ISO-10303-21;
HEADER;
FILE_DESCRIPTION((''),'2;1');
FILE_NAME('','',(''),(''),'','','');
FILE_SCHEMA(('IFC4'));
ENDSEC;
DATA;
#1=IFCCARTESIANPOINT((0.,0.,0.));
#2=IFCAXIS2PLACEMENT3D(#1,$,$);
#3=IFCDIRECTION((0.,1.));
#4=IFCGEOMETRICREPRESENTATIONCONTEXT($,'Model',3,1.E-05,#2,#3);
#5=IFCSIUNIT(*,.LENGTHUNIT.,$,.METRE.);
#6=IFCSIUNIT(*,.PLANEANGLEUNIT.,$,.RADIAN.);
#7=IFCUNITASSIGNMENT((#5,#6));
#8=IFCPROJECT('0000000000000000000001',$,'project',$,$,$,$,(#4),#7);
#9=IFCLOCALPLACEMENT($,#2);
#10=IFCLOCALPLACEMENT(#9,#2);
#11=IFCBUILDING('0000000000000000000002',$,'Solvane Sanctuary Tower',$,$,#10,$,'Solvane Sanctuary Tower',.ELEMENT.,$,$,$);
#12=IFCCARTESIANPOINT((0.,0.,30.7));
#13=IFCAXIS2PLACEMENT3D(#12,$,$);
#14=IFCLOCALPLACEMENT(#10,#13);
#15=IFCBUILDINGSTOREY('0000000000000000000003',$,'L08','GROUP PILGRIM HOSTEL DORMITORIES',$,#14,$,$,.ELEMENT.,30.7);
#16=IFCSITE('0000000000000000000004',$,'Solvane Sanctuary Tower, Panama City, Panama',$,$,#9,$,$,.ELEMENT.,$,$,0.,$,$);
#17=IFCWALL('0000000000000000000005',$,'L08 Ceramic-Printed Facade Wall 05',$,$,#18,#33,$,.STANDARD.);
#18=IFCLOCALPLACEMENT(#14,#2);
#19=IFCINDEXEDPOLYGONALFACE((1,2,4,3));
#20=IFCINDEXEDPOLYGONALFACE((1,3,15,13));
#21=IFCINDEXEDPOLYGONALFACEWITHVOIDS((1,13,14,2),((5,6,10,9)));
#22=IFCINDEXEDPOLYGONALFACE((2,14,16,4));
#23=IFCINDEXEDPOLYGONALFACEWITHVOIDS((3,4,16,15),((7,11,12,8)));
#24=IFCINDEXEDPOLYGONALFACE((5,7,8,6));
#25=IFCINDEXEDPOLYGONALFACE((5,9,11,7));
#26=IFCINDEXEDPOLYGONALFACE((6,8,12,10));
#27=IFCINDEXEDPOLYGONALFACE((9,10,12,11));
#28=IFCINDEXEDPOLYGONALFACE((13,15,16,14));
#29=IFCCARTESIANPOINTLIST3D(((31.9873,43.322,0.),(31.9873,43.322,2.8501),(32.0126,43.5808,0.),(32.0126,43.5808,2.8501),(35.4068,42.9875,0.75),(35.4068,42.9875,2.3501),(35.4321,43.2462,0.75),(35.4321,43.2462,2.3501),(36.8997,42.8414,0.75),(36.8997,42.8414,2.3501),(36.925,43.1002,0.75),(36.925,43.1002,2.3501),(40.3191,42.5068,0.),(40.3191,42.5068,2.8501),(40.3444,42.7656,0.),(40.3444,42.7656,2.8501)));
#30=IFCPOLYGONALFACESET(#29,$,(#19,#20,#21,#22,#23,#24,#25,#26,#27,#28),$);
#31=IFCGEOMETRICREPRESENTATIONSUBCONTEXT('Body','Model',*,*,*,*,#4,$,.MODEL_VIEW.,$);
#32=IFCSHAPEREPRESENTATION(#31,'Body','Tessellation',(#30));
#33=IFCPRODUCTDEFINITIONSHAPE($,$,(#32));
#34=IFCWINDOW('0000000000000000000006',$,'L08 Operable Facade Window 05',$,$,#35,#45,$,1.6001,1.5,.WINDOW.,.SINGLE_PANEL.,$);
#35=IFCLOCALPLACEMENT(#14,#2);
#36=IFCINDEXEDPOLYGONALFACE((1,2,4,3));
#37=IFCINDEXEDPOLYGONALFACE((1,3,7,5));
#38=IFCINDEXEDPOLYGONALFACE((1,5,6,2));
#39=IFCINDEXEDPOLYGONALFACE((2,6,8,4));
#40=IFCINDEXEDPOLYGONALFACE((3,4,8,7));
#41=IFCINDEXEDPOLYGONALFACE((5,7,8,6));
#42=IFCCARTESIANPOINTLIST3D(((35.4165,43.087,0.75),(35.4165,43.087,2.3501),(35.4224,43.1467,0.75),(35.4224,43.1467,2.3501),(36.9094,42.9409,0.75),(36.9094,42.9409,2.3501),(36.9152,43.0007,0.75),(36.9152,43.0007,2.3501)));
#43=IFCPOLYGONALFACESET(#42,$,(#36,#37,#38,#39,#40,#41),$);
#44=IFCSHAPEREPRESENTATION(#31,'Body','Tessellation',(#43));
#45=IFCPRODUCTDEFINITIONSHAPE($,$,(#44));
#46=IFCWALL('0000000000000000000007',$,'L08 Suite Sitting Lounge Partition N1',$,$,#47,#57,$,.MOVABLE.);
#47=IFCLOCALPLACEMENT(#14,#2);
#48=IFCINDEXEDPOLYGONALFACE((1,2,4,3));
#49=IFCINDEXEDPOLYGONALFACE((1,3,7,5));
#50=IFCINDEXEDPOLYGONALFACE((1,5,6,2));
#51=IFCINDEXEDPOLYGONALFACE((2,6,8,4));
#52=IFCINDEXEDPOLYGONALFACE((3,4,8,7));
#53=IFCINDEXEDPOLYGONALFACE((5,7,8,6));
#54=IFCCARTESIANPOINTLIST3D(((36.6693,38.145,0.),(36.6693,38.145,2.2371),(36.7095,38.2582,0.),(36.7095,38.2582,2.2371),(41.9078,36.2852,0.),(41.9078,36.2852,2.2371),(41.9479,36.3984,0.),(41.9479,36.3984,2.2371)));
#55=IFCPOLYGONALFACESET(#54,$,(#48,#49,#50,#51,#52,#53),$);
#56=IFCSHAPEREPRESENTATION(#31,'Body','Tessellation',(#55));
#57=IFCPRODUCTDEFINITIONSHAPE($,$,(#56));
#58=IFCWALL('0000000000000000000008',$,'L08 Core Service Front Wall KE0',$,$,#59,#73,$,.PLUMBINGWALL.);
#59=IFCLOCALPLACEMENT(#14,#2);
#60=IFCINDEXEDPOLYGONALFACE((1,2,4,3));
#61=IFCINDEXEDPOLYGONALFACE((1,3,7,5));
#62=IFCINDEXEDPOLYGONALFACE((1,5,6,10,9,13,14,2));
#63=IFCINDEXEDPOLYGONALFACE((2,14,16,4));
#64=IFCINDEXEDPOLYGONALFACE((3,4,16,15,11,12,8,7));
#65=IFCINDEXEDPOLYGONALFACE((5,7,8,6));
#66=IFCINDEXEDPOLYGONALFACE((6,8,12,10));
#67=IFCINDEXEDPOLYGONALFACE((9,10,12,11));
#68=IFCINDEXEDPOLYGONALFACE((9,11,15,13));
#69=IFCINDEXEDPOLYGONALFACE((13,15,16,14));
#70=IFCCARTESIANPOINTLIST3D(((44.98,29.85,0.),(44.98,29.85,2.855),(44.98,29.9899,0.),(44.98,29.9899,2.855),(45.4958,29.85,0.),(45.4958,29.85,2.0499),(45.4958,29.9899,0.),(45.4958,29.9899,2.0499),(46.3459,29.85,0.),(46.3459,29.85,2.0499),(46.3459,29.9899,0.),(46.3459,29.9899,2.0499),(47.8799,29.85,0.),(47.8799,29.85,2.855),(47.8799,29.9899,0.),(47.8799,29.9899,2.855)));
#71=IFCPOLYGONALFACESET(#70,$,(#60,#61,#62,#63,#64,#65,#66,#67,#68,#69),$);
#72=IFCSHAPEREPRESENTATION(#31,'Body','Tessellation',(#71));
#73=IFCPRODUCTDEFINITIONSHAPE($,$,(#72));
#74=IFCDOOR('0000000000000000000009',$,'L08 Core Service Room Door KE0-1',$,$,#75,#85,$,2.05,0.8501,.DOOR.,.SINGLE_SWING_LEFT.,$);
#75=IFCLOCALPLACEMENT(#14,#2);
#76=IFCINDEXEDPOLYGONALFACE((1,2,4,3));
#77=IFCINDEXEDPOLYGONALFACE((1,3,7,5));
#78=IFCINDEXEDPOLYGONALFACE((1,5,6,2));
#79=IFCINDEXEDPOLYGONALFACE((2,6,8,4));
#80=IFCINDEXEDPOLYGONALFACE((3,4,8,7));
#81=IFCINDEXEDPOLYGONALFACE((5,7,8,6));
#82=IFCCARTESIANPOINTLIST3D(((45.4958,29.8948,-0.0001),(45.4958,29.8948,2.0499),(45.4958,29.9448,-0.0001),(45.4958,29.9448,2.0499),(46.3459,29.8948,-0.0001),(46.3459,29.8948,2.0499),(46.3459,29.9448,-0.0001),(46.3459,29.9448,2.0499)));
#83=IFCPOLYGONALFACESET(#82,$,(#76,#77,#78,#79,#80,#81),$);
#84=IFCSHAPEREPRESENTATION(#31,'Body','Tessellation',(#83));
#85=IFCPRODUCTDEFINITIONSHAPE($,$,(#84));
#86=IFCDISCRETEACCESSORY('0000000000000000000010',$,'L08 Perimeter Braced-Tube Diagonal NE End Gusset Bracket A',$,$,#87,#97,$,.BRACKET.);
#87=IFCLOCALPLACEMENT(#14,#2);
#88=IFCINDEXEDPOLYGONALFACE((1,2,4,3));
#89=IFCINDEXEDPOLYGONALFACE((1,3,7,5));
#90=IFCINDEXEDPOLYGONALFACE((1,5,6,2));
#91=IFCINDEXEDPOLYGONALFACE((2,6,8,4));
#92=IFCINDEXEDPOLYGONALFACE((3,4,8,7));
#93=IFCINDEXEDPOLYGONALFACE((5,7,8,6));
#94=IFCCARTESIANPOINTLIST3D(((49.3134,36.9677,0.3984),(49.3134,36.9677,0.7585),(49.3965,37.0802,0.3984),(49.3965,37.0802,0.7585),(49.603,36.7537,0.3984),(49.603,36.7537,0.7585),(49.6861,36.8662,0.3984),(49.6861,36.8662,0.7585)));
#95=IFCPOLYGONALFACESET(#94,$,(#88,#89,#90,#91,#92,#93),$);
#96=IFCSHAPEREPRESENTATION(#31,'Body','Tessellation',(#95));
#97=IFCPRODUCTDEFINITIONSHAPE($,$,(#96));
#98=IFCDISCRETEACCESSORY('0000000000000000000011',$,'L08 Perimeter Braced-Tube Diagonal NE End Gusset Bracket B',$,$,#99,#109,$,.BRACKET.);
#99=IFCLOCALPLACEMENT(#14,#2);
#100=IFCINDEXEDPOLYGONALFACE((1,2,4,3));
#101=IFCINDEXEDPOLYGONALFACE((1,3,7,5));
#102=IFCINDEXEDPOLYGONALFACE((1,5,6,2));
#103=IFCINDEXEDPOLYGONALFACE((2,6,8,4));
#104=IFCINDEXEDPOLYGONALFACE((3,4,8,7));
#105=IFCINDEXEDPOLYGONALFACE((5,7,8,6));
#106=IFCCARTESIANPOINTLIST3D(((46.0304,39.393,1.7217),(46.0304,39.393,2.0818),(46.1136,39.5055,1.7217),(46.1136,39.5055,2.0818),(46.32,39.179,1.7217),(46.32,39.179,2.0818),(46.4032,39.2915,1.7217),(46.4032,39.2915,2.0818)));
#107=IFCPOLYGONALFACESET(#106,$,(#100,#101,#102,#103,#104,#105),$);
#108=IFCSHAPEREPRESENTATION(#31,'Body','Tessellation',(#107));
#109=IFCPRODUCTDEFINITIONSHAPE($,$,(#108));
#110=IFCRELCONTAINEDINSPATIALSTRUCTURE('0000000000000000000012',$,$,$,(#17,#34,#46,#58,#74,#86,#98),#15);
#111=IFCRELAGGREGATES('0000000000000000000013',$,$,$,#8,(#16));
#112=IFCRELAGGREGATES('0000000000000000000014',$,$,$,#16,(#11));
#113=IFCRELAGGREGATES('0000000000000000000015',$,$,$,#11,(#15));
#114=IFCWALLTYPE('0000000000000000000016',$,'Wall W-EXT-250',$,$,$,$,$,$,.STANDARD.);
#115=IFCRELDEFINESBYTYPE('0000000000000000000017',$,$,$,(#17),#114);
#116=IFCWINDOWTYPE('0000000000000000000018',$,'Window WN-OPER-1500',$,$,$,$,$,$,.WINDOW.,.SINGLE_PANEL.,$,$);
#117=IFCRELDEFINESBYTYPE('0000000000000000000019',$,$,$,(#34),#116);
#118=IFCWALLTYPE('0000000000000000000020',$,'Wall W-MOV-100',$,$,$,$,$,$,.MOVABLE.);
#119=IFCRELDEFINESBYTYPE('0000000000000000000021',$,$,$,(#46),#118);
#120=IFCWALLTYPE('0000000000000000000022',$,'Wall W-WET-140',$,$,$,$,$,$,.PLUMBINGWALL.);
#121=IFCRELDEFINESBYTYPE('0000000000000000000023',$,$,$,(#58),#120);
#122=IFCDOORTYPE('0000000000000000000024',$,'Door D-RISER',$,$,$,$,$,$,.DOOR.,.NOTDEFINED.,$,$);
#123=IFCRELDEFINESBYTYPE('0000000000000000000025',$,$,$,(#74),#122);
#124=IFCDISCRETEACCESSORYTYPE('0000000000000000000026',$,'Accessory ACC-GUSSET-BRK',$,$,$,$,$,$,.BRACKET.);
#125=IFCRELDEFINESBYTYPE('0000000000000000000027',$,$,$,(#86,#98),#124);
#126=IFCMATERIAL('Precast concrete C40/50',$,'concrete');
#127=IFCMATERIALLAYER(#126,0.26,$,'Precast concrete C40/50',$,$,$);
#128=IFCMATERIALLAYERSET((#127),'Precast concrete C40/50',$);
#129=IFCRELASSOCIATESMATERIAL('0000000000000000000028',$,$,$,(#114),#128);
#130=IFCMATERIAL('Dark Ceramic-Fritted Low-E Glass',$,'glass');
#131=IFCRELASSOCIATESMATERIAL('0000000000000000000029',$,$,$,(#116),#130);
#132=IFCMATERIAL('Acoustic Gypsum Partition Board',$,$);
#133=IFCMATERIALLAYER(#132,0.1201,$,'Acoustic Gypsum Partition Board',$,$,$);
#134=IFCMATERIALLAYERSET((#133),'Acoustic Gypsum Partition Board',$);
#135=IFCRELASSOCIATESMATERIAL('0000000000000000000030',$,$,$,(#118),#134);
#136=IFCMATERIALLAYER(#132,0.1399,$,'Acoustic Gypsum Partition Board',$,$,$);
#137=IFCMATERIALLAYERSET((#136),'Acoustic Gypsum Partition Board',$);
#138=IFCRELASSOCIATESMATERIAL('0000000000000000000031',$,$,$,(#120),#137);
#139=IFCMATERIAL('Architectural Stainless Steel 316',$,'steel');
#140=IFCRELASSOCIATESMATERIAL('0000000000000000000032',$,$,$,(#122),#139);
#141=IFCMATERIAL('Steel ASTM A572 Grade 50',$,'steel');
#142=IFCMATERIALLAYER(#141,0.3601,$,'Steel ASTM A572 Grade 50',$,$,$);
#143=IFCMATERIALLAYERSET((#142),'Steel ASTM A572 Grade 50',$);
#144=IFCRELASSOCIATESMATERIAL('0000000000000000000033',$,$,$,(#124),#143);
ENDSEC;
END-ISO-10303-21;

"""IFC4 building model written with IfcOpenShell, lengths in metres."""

from ifc_helpers import new_model, si_unit, direction, frame, frame_2d, origin, origin_2d, place, context, subcontext, project, spatial, rectangle, extrude, material, layer, layer_set, type_object, element, fill, save


model = new_model("IFC4")

# Units and contexts
model_context = context("Model", 3, precision=1e-05, world=origin(), true_north=direction((0.0, 1.0)))
body_context = subcontext(model_context, "Body", "Model", "MODEL_VIEW")
ifc_project = project(units=[si_unit("LENGTHUNIT", "METRE"), si_unit("PLANEANGLEUNIT", "RADIAN")], contexts=[model_context])

# Site, building, storey
site_placement = place(None, origin())
site = spatial("IfcSite", under=ifc_project, at=site_placement, Name="Solvane Sanctuary Tower, Panama City, Panama", CompositionType="ELEMENT", RefElevation=0.0)
building_placement = place(site_placement, origin())
building = spatial("IfcBuilding", under=site, at=building_placement, Name="Solvane Sanctuary Tower", LongName="Solvane Sanctuary Tower", CompositionType="ELEMENT")
storey_placement = place(building_placement, frame((0.0, 0.0, 30.7)))
storey = spatial("IfcBuildingStorey", under=building, at=storey_placement, Name="L08", Description="GROUP PILGRIM HOSTEL DORMITORIES", CompositionType="ELEMENT", Elevation=30.7)

# Shared definitions
ifc_material_1 = material(Name="Acoustic Gypsum Partition Board")

# Shared definitions
ifc_material_2 = material(Name="Precast concrete C40/50", Category="concrete")
ifc_layer_1 = layer(ifc_material_2, 0.26, Name="Precast concrete C40/50")
ifc_layer_set_1 = layer_set([ifc_layer_1], Name="Precast concrete C40/50")
wall_type_1 = type_object("IfcWallType", Name="Wall W-EXT-250", PredefinedType="STANDARD", material=ifc_layer_set_1)
ifc_material_3 = material(Name="Dark Ceramic-Fritted Low-E Glass", Category="glass")
window_type = type_object("IfcWindowType", Name="Window WN-OPER-1500", PartitioningType="SINGLE_PANEL", PredefinedType="WINDOW", material=ifc_material_3)

# Wall, opening, window
wall_1_placement = place(storey_placement, frame((40.3318, 42.6362, 0.0), z_axis=(0.0, 0.0, 1.0), x_axis=(-0.995248, 0.097375, 0.0)))
wall_1 = element("IfcWall", 1, at=wall_1_placement, inside=storey, type_object=wall_type_1, Name="L08 Ceramic-Printed Facade Wall 05", PredefinedType="STANDARD", context=body_context, shape_type="SweptSolid", body=[
    extrude(rectangle(XDim=8.3716, YDim=0.26, at=frame_2d((4.1858, 0.0))), origin(), (0.0, 0.0, 1.0), 2.8501),
])
opening_1_placement = place(wall_1_placement, frame((3.4358, 0.0, 0.75)))
opening_1 = element("IfcOpeningElement", 2, at=opening_1_placement, cuts=wall_1, PredefinedType="OPENING", context=body_context, shape_type="SweptSolid", body=[
    extrude(rectangle(XDim=1.5, YDim=1.6001, at=frame_2d((0.75, 0.8))), frame((0.0, 0.1399, 0.0), z_axis=(0.0, -1.0, 0.0), x_axis=(1.0, 0.0, 0.0)), (0.0, 0.0, 1.0), 0.28),
])
window_1_placement = place(opening_1_placement, origin())
window_1 = element("IfcWindow", 3, at=window_1_placement, inside=storey, type_object=window_type, Name="L08 Operable Facade Window 05", OverallHeight=1.6001, OverallWidth=1.5, PartitioningType="SINGLE_PANEL", PredefinedType="WINDOW", context=body_context, shape_type="SweptSolid", body=[
    extrude(rectangle(XDim=1.5, YDim=1.6001, at=frame_2d((0.75, 0.8))), frame((0.0, 0.03, 0.0), z_axis=(0.0, -1.0, 0.0), x_axis=(1.0, 0.0, 0.0)), (0.0, 0.0, 1.0), 0.0601),
])
fill(opening_1, window_1)

# Wall
ifc_layer_2 = layer(ifc_material_1, 0.1201, Name="Acoustic Gypsum Partition Board")
ifc_layer_set_2 = layer_set([ifc_layer_2], Name="Acoustic Gypsum Partition Board")
wall_type_2 = type_object("IfcWallType", Name="Wall W-MOV-100", PredefinedType="MOVABLE", material=ifc_layer_set_2)
wall_2_placement = place(storey_placement, frame((41.9277, 36.3418, 0.0), z_axis=(0.0, 0.0, 1.0), x_axis=(-0.942369, 0.334575, 0.0)))
element("IfcWall", 4, at=wall_2_placement, inside=storey, type_object=wall_type_2, Name="L08 Suite Sitting Lounge Partition N1", PredefinedType="MOVABLE", context=body_context, shape_type="SweptSolid", body=[
    extrude(rectangle(XDim=5.5588, YDim=0.1201, at=frame_2d((2.7793, 0.0))), origin(), (0.0, 0.0, 1.0), 2.2371),
])

# Wall, opening, door
ifc_layer_3 = layer(ifc_material_1, 0.1399, Name="Acoustic Gypsum Partition Board")
ifc_layer_set_3 = layer_set([ifc_layer_3], Name="Acoustic Gypsum Partition Board")
wall_type_3 = type_object("IfcWallType", Name="Wall W-WET-140", PredefinedType="PLUMBINGWALL", material=ifc_layer_set_3)
wall_3_placement = place(storey_placement, frame((44.98, 29.9199, 0.0), z_axis=(0.0, 0.0, 1.0), x_axis=(1.0, 0.0, 0.0)))
wall_3 = element("IfcWall", 5, at=wall_3_placement, inside=storey, type_object=wall_type_3, Name="L08 Core Service Front Wall KE0", PredefinedType="PLUMBINGWALL", context=body_context, shape_type="SweptSolid", body=[
    extrude(rectangle(XDim=2.8999, YDim=0.1399, at=frame_2d((1.45, 0.0))), origin(), (0.0, 0.0, 1.0), 2.855),
])
opening_2_placement = place(wall_3_placement, frame((0.5159, 0.0, 0.0)))
opening_2 = element("IfcOpeningElement", 6, at=opening_2_placement, cuts=wall_3, PredefinedType="OPENING", context=body_context, shape_type="SweptSolid", body=[
    extrude(rectangle(XDim=0.8501, YDim=2.05, at=frame_2d((0.425, 1.0249))), frame((0.0, 0.0798, 0.0), z_axis=(0.0, -1.0, 0.0), x_axis=(1.0, 0.0, 0.0)), (0.0, 0.0, 1.0), 0.1599),
])
ifc_material_4 = material(Name="Architectural Stainless Steel 316", Category="steel")
door_type_1 = type_object("IfcDoorType", Name="Door D-RISER", OperationType="NOTDEFINED", PredefinedType="DOOR", material=ifc_material_4)
door_1_placement = place(opening_2_placement, origin())
door_1 = element("IfcDoor", 7, at=door_1_placement, inside=storey, type_object=door_type_1, Name="L08 Core Service Room Door KE0-1", OperationType="SINGLE_SWING_LEFT", OverallHeight=2.05, OverallWidth=0.8501, PredefinedType="DOOR", context=body_context, shape_type="SweptSolid", body=[
    extrude(rectangle(XDim=0.8501, YDim=2.05, at=frame_2d((0.425, 1.0249))), frame((0.0, 0.0249, 0.0), z_axis=(0.0, -1.0, 0.0), x_axis=(1.0, 0.0, 0.0)), (0.0, 0.0, 1.0), 0.05),
])
fill(opening_2, door_1)

# Discrete accessories
ifc_material_5 = material(Name="Steel ASTM A572 Grade 50", Category="steel")
ifc_layer_4 = layer(ifc_material_5, 0.3601, Name="Steel ASTM A572 Grade 50")
ifc_layer_set_4 = layer_set([ifc_layer_4], Name="Steel ASTM A572 Grade 50")
discrete_accessory_type = type_object("IfcDiscreteAccessoryType", Name="Accessory ACC-GUSSET-BRK", PredefinedType="BRACKET", material=ifc_layer_set_4)
for number, where, z_axis, x_axis, name in (
    (8, (49.4998, 36.917, 0.3984), (0.0, 0.0, 1.0), (-0.804272, 0.594261, 0.0), "L08 Perimeter Braced-Tube Diagonal NE End Gusset Bracket A"),
    (9, (46.2168, 39.3423, 1.7217), (0.0, 0.0, 1.0), (-0.804272, 0.594261, 0.0), "L08 Perimeter Braced-Tube Diagonal NE End Gusset Bracket B"),
):
    element("IfcDiscreteAccessory", number, at=place(storey_placement, frame(where, z_axis=z_axis, x_axis=x_axis)), inside=storey, type_object=discrete_accessory_type, Name=name, PredefinedType="BRACKET", context=body_context, shape_type="SweptSolid", body=[
        extrude(rectangle(XDim=0.3601, YDim=0.1399, at=origin_2d()), origin(), (0.0, 0.0, 1.0), 0.3601),
    ])

save(model, "model.ifc")
